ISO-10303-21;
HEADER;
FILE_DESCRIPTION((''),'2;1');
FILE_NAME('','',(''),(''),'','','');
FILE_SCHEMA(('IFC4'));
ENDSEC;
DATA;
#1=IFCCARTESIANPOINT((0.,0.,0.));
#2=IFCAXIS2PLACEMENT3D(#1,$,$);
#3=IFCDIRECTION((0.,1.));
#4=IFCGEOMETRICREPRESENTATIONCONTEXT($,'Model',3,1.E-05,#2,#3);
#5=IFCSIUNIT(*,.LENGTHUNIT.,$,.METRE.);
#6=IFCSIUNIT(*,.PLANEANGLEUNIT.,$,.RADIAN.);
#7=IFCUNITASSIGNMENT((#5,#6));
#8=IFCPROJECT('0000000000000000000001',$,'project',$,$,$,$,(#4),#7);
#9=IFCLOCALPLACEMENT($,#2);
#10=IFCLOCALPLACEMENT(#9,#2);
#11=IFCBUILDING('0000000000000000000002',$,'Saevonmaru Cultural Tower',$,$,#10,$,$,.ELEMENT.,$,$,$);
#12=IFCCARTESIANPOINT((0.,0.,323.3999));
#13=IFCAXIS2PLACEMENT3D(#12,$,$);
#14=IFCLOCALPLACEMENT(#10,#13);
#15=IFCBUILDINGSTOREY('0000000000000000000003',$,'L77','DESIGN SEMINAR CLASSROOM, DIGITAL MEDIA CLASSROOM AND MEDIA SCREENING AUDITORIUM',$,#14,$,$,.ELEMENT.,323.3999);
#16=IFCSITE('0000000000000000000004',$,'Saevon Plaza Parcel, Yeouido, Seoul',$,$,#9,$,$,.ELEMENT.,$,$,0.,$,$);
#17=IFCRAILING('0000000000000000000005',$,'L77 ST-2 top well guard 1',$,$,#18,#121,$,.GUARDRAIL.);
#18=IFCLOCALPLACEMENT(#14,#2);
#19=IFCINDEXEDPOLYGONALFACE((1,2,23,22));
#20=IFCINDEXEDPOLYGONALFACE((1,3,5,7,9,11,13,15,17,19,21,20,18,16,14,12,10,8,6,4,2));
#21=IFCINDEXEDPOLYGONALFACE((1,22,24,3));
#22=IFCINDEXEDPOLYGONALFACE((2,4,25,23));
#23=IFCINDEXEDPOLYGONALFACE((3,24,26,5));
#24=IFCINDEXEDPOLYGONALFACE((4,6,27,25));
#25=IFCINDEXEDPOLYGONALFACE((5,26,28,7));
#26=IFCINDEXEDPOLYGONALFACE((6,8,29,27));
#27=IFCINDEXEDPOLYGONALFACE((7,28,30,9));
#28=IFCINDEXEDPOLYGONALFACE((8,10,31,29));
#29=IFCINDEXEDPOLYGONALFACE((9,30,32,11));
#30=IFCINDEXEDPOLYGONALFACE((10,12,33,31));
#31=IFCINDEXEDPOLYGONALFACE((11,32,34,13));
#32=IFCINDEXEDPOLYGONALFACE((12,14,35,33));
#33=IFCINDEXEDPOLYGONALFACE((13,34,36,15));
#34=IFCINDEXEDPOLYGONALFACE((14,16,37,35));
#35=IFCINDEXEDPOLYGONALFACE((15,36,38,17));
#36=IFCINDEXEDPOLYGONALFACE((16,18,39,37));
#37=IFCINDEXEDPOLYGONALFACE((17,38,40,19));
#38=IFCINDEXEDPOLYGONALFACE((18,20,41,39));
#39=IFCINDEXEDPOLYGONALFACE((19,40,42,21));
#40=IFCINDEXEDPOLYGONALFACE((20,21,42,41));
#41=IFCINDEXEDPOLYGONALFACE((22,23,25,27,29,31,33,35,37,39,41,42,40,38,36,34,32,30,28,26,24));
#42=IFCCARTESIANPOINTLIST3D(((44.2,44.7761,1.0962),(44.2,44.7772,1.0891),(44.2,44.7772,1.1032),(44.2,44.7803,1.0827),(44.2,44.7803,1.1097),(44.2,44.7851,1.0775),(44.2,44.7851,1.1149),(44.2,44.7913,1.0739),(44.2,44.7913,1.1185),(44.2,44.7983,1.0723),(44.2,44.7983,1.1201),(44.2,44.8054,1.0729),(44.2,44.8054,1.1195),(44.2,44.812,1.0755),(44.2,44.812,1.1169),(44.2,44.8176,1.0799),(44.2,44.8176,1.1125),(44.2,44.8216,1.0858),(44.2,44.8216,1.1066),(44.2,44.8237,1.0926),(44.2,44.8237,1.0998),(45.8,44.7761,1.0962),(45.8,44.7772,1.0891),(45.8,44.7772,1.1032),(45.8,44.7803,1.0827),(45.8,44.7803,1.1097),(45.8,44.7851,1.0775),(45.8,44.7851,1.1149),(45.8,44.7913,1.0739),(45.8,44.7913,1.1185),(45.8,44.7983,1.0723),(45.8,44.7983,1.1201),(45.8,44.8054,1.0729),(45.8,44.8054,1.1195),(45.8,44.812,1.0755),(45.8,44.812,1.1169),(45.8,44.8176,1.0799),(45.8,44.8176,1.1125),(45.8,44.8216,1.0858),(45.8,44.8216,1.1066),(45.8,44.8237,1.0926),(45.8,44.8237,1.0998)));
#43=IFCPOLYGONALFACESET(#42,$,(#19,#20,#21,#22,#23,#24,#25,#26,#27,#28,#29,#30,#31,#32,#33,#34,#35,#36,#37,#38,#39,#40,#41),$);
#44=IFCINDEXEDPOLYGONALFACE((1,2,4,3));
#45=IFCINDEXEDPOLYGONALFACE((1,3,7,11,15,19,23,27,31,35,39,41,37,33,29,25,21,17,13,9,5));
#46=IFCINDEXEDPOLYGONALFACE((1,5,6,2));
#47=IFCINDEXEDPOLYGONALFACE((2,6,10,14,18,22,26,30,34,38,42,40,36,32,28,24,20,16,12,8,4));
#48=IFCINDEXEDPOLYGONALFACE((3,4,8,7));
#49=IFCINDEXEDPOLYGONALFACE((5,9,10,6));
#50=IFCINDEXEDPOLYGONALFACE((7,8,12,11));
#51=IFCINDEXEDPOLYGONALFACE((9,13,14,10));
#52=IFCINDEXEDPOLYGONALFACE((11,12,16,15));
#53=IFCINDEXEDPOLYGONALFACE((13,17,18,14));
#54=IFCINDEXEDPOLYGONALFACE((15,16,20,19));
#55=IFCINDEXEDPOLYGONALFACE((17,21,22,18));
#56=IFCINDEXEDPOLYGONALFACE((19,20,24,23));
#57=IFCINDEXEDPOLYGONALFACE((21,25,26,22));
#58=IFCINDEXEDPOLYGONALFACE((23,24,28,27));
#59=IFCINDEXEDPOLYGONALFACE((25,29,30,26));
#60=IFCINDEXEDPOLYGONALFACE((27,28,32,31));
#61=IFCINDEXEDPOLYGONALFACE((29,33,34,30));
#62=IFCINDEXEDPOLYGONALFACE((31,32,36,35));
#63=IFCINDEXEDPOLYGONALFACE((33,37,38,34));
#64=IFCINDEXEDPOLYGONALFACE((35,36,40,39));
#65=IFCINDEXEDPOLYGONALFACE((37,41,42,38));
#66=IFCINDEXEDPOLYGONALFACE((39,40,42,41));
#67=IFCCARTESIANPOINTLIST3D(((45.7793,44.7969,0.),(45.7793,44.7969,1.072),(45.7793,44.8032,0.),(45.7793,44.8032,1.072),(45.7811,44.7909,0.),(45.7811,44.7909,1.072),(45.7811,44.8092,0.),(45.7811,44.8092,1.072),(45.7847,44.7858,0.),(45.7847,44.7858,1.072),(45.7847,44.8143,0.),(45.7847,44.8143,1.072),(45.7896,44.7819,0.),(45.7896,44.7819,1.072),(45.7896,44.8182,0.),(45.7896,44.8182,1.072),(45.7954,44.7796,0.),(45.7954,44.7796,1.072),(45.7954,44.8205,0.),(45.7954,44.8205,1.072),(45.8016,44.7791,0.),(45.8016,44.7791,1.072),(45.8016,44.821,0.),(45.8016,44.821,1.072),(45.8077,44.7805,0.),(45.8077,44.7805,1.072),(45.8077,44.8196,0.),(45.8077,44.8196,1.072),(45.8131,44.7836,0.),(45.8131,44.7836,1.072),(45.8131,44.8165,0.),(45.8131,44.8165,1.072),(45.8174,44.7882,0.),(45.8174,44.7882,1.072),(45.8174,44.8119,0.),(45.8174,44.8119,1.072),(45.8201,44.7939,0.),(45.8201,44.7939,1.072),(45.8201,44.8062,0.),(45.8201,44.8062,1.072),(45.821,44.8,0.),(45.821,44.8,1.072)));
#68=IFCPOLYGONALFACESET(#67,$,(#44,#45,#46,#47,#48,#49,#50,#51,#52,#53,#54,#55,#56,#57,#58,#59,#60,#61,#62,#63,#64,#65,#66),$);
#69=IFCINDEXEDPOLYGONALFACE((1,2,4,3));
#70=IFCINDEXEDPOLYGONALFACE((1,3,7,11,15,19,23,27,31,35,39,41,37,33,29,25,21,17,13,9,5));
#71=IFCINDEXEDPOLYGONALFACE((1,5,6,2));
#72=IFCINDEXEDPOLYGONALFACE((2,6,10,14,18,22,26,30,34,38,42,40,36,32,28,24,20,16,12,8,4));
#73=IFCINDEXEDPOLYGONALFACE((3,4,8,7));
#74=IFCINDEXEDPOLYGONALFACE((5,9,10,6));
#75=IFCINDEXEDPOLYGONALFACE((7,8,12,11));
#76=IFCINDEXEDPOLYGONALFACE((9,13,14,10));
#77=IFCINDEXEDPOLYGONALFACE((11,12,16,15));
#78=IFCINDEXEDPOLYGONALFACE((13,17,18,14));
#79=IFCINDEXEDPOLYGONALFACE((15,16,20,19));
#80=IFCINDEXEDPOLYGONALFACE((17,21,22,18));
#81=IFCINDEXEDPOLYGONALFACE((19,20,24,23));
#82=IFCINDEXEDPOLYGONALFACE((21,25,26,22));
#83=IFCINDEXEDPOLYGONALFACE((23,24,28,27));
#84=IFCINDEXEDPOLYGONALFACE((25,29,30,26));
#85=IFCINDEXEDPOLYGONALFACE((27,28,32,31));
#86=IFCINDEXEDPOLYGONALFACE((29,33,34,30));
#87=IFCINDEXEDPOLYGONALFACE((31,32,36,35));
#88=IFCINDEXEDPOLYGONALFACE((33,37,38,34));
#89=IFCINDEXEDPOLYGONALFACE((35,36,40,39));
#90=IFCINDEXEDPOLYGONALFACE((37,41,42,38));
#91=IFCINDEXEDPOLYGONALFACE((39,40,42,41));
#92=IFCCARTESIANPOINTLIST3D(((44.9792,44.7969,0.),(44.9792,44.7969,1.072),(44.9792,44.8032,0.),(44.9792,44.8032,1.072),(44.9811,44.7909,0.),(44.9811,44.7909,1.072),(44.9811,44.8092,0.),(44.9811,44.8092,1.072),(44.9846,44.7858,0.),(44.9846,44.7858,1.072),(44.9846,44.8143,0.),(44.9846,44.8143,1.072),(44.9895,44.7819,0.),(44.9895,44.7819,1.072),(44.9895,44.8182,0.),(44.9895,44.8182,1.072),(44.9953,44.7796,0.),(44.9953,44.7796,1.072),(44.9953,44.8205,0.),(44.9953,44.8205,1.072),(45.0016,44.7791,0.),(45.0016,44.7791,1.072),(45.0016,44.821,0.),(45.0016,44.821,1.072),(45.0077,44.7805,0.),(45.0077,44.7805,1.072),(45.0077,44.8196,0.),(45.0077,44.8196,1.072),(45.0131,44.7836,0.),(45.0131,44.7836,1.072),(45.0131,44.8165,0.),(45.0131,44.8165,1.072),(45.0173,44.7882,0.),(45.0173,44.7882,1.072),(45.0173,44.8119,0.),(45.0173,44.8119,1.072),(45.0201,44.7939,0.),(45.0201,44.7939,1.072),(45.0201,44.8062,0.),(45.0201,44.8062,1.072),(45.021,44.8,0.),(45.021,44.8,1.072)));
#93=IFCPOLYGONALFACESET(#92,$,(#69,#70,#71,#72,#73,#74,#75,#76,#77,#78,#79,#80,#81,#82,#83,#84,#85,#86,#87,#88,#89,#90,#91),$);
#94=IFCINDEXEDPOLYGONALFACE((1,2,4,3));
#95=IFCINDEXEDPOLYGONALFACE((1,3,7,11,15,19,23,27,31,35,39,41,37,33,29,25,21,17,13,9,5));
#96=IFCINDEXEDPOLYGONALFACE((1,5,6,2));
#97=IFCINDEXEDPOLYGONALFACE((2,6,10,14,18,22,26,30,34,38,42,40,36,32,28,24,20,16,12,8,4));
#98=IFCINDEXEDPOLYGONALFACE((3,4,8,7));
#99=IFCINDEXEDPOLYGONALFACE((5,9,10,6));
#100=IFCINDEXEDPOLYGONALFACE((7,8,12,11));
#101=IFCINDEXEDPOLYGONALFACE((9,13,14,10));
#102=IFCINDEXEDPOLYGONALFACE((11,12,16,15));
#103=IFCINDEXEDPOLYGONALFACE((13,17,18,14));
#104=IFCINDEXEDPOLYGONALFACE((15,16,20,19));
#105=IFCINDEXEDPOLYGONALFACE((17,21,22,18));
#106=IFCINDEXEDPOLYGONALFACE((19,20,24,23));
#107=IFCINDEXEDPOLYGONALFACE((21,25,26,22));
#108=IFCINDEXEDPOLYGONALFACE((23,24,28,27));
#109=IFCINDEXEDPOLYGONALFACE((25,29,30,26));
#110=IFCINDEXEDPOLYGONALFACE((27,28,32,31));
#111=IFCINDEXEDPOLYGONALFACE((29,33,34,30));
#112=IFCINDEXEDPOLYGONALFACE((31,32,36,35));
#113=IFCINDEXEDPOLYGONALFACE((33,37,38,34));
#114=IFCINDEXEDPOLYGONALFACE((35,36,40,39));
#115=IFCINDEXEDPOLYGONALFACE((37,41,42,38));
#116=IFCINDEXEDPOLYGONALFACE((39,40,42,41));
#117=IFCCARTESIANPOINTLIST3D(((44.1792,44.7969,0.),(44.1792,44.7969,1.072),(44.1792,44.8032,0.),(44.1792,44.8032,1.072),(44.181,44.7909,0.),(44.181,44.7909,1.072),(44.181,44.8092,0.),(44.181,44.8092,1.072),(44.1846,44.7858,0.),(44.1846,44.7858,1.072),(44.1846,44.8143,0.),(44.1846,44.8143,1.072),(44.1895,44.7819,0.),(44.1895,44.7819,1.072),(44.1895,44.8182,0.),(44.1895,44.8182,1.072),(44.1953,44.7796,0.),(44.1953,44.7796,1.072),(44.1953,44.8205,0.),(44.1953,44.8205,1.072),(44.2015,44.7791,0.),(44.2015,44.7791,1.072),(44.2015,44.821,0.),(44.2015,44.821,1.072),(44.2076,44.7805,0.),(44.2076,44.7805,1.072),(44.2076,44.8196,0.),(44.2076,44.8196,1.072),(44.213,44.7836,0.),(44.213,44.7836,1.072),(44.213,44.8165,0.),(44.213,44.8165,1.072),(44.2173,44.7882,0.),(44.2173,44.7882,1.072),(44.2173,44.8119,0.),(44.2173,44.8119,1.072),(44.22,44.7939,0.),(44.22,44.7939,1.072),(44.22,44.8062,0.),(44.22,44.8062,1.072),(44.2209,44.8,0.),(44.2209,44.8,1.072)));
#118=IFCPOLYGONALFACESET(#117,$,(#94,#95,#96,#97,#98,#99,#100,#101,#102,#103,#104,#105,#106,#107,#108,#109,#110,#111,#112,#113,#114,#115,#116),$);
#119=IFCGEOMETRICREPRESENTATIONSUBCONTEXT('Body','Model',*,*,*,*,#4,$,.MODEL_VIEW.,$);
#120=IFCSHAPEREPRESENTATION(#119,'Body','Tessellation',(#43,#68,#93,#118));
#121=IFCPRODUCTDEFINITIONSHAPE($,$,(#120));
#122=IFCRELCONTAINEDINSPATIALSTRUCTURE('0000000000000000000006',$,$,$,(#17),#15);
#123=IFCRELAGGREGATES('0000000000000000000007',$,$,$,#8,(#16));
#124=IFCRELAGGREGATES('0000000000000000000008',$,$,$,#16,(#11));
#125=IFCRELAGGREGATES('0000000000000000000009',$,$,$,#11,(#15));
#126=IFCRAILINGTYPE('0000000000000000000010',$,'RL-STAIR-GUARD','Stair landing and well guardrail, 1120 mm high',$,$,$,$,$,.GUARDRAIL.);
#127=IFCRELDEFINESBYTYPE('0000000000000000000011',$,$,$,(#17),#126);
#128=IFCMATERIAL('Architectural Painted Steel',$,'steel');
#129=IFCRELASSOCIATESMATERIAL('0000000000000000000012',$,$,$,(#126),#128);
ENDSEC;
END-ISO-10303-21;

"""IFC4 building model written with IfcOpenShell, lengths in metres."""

from ifc_helpers import new_model, si_unit, direction, frame, origin, origin_2d, place, context, subcontext, project, spatial, circle, extrude, material, type_object, element, save


model = new_model("IFC4")

# Units and contexts
model_context = context("Model", 3, precision=1e-05, world=origin(), true_north=direction((0.0, 1.0)))
body_context = subcontext(model_context, "Body", "Model", "MODEL_VIEW")
ifc_project = project(units=[si_unit("LENGTHUNIT", "METRE"), si_unit("PLANEANGLEUNIT", "RADIAN")], contexts=[model_context])

# Site, building, storey
site_placement = place(None, origin())
site = spatial("IfcSite", under=ifc_project, at=site_placement, Name="Saevon Plaza Parcel, Yeouido, Seoul", CompositionType="ELEMENT", RefElevation=0.0)
building_placement = place(site_placement, origin())
building = spatial("IfcBuilding", under=site, at=building_placement, Name="Saevonmaru Cultural Tower", CompositionType="ELEMENT")
storey_placement = place(building_placement, frame((0.0, 0.0, 323.3999)))
storey = spatial("IfcBuildingStorey", under=building, at=storey_placement, Name="L77", Description="DESIGN SEMINAR CLASSROOM, DIGITAL MEDIA CLASSROOM AND MEDIA SCREENING AUDITORIUM", CompositionType="ELEMENT", Elevation=323.3999)

# Railing
ifc_material_1 = material(Name="Architectural Painted Steel", Category="steel")
railing_type = type_object("IfcRailingType", Name="RL-STAIR-GUARD", Description="Stair landing and well guardrail, 1120 mm high", PredefinedType="GUARDRAIL", material=ifc_material_1)
railing_placement = place(storey_placement, frame((45.8, 44.8, 0.0)))
element("IfcRailing", 1, at=railing_placement, inside=storey, type_object=railing_type, Name="L77 ST-2 top well guard 1", PredefinedType="GUARDRAIL", context=body_context, shape_type="SweptSolid", body=[
    extrude(circle(Radius=0.0239, at=origin_2d()), frame((0.0, 0.0, 1.0962), z_axis=(-1.0, 0.0, 0.0), x_axis=(0.0, -1.0, 0.0)), (0.0, 0.0, 1.0), 1.6001),
    extrude(circle(Radius=0.021, at=origin_2d()), origin(), (0.0, 0.0, 1.0), 1.072),
    extrude(circle(Radius=0.021, at=origin_2d()), frame((-0.8, 0.0, 0.0)), (0.0, 0.0, 1.0), 1.072),
    extrude(circle(Radius=0.021, at=origin_2d()), frame((-1.6001, 0.0, 0.0)), (0.0, 0.0, 1.0), 1.072),
])

save(model, "model.ifc")
